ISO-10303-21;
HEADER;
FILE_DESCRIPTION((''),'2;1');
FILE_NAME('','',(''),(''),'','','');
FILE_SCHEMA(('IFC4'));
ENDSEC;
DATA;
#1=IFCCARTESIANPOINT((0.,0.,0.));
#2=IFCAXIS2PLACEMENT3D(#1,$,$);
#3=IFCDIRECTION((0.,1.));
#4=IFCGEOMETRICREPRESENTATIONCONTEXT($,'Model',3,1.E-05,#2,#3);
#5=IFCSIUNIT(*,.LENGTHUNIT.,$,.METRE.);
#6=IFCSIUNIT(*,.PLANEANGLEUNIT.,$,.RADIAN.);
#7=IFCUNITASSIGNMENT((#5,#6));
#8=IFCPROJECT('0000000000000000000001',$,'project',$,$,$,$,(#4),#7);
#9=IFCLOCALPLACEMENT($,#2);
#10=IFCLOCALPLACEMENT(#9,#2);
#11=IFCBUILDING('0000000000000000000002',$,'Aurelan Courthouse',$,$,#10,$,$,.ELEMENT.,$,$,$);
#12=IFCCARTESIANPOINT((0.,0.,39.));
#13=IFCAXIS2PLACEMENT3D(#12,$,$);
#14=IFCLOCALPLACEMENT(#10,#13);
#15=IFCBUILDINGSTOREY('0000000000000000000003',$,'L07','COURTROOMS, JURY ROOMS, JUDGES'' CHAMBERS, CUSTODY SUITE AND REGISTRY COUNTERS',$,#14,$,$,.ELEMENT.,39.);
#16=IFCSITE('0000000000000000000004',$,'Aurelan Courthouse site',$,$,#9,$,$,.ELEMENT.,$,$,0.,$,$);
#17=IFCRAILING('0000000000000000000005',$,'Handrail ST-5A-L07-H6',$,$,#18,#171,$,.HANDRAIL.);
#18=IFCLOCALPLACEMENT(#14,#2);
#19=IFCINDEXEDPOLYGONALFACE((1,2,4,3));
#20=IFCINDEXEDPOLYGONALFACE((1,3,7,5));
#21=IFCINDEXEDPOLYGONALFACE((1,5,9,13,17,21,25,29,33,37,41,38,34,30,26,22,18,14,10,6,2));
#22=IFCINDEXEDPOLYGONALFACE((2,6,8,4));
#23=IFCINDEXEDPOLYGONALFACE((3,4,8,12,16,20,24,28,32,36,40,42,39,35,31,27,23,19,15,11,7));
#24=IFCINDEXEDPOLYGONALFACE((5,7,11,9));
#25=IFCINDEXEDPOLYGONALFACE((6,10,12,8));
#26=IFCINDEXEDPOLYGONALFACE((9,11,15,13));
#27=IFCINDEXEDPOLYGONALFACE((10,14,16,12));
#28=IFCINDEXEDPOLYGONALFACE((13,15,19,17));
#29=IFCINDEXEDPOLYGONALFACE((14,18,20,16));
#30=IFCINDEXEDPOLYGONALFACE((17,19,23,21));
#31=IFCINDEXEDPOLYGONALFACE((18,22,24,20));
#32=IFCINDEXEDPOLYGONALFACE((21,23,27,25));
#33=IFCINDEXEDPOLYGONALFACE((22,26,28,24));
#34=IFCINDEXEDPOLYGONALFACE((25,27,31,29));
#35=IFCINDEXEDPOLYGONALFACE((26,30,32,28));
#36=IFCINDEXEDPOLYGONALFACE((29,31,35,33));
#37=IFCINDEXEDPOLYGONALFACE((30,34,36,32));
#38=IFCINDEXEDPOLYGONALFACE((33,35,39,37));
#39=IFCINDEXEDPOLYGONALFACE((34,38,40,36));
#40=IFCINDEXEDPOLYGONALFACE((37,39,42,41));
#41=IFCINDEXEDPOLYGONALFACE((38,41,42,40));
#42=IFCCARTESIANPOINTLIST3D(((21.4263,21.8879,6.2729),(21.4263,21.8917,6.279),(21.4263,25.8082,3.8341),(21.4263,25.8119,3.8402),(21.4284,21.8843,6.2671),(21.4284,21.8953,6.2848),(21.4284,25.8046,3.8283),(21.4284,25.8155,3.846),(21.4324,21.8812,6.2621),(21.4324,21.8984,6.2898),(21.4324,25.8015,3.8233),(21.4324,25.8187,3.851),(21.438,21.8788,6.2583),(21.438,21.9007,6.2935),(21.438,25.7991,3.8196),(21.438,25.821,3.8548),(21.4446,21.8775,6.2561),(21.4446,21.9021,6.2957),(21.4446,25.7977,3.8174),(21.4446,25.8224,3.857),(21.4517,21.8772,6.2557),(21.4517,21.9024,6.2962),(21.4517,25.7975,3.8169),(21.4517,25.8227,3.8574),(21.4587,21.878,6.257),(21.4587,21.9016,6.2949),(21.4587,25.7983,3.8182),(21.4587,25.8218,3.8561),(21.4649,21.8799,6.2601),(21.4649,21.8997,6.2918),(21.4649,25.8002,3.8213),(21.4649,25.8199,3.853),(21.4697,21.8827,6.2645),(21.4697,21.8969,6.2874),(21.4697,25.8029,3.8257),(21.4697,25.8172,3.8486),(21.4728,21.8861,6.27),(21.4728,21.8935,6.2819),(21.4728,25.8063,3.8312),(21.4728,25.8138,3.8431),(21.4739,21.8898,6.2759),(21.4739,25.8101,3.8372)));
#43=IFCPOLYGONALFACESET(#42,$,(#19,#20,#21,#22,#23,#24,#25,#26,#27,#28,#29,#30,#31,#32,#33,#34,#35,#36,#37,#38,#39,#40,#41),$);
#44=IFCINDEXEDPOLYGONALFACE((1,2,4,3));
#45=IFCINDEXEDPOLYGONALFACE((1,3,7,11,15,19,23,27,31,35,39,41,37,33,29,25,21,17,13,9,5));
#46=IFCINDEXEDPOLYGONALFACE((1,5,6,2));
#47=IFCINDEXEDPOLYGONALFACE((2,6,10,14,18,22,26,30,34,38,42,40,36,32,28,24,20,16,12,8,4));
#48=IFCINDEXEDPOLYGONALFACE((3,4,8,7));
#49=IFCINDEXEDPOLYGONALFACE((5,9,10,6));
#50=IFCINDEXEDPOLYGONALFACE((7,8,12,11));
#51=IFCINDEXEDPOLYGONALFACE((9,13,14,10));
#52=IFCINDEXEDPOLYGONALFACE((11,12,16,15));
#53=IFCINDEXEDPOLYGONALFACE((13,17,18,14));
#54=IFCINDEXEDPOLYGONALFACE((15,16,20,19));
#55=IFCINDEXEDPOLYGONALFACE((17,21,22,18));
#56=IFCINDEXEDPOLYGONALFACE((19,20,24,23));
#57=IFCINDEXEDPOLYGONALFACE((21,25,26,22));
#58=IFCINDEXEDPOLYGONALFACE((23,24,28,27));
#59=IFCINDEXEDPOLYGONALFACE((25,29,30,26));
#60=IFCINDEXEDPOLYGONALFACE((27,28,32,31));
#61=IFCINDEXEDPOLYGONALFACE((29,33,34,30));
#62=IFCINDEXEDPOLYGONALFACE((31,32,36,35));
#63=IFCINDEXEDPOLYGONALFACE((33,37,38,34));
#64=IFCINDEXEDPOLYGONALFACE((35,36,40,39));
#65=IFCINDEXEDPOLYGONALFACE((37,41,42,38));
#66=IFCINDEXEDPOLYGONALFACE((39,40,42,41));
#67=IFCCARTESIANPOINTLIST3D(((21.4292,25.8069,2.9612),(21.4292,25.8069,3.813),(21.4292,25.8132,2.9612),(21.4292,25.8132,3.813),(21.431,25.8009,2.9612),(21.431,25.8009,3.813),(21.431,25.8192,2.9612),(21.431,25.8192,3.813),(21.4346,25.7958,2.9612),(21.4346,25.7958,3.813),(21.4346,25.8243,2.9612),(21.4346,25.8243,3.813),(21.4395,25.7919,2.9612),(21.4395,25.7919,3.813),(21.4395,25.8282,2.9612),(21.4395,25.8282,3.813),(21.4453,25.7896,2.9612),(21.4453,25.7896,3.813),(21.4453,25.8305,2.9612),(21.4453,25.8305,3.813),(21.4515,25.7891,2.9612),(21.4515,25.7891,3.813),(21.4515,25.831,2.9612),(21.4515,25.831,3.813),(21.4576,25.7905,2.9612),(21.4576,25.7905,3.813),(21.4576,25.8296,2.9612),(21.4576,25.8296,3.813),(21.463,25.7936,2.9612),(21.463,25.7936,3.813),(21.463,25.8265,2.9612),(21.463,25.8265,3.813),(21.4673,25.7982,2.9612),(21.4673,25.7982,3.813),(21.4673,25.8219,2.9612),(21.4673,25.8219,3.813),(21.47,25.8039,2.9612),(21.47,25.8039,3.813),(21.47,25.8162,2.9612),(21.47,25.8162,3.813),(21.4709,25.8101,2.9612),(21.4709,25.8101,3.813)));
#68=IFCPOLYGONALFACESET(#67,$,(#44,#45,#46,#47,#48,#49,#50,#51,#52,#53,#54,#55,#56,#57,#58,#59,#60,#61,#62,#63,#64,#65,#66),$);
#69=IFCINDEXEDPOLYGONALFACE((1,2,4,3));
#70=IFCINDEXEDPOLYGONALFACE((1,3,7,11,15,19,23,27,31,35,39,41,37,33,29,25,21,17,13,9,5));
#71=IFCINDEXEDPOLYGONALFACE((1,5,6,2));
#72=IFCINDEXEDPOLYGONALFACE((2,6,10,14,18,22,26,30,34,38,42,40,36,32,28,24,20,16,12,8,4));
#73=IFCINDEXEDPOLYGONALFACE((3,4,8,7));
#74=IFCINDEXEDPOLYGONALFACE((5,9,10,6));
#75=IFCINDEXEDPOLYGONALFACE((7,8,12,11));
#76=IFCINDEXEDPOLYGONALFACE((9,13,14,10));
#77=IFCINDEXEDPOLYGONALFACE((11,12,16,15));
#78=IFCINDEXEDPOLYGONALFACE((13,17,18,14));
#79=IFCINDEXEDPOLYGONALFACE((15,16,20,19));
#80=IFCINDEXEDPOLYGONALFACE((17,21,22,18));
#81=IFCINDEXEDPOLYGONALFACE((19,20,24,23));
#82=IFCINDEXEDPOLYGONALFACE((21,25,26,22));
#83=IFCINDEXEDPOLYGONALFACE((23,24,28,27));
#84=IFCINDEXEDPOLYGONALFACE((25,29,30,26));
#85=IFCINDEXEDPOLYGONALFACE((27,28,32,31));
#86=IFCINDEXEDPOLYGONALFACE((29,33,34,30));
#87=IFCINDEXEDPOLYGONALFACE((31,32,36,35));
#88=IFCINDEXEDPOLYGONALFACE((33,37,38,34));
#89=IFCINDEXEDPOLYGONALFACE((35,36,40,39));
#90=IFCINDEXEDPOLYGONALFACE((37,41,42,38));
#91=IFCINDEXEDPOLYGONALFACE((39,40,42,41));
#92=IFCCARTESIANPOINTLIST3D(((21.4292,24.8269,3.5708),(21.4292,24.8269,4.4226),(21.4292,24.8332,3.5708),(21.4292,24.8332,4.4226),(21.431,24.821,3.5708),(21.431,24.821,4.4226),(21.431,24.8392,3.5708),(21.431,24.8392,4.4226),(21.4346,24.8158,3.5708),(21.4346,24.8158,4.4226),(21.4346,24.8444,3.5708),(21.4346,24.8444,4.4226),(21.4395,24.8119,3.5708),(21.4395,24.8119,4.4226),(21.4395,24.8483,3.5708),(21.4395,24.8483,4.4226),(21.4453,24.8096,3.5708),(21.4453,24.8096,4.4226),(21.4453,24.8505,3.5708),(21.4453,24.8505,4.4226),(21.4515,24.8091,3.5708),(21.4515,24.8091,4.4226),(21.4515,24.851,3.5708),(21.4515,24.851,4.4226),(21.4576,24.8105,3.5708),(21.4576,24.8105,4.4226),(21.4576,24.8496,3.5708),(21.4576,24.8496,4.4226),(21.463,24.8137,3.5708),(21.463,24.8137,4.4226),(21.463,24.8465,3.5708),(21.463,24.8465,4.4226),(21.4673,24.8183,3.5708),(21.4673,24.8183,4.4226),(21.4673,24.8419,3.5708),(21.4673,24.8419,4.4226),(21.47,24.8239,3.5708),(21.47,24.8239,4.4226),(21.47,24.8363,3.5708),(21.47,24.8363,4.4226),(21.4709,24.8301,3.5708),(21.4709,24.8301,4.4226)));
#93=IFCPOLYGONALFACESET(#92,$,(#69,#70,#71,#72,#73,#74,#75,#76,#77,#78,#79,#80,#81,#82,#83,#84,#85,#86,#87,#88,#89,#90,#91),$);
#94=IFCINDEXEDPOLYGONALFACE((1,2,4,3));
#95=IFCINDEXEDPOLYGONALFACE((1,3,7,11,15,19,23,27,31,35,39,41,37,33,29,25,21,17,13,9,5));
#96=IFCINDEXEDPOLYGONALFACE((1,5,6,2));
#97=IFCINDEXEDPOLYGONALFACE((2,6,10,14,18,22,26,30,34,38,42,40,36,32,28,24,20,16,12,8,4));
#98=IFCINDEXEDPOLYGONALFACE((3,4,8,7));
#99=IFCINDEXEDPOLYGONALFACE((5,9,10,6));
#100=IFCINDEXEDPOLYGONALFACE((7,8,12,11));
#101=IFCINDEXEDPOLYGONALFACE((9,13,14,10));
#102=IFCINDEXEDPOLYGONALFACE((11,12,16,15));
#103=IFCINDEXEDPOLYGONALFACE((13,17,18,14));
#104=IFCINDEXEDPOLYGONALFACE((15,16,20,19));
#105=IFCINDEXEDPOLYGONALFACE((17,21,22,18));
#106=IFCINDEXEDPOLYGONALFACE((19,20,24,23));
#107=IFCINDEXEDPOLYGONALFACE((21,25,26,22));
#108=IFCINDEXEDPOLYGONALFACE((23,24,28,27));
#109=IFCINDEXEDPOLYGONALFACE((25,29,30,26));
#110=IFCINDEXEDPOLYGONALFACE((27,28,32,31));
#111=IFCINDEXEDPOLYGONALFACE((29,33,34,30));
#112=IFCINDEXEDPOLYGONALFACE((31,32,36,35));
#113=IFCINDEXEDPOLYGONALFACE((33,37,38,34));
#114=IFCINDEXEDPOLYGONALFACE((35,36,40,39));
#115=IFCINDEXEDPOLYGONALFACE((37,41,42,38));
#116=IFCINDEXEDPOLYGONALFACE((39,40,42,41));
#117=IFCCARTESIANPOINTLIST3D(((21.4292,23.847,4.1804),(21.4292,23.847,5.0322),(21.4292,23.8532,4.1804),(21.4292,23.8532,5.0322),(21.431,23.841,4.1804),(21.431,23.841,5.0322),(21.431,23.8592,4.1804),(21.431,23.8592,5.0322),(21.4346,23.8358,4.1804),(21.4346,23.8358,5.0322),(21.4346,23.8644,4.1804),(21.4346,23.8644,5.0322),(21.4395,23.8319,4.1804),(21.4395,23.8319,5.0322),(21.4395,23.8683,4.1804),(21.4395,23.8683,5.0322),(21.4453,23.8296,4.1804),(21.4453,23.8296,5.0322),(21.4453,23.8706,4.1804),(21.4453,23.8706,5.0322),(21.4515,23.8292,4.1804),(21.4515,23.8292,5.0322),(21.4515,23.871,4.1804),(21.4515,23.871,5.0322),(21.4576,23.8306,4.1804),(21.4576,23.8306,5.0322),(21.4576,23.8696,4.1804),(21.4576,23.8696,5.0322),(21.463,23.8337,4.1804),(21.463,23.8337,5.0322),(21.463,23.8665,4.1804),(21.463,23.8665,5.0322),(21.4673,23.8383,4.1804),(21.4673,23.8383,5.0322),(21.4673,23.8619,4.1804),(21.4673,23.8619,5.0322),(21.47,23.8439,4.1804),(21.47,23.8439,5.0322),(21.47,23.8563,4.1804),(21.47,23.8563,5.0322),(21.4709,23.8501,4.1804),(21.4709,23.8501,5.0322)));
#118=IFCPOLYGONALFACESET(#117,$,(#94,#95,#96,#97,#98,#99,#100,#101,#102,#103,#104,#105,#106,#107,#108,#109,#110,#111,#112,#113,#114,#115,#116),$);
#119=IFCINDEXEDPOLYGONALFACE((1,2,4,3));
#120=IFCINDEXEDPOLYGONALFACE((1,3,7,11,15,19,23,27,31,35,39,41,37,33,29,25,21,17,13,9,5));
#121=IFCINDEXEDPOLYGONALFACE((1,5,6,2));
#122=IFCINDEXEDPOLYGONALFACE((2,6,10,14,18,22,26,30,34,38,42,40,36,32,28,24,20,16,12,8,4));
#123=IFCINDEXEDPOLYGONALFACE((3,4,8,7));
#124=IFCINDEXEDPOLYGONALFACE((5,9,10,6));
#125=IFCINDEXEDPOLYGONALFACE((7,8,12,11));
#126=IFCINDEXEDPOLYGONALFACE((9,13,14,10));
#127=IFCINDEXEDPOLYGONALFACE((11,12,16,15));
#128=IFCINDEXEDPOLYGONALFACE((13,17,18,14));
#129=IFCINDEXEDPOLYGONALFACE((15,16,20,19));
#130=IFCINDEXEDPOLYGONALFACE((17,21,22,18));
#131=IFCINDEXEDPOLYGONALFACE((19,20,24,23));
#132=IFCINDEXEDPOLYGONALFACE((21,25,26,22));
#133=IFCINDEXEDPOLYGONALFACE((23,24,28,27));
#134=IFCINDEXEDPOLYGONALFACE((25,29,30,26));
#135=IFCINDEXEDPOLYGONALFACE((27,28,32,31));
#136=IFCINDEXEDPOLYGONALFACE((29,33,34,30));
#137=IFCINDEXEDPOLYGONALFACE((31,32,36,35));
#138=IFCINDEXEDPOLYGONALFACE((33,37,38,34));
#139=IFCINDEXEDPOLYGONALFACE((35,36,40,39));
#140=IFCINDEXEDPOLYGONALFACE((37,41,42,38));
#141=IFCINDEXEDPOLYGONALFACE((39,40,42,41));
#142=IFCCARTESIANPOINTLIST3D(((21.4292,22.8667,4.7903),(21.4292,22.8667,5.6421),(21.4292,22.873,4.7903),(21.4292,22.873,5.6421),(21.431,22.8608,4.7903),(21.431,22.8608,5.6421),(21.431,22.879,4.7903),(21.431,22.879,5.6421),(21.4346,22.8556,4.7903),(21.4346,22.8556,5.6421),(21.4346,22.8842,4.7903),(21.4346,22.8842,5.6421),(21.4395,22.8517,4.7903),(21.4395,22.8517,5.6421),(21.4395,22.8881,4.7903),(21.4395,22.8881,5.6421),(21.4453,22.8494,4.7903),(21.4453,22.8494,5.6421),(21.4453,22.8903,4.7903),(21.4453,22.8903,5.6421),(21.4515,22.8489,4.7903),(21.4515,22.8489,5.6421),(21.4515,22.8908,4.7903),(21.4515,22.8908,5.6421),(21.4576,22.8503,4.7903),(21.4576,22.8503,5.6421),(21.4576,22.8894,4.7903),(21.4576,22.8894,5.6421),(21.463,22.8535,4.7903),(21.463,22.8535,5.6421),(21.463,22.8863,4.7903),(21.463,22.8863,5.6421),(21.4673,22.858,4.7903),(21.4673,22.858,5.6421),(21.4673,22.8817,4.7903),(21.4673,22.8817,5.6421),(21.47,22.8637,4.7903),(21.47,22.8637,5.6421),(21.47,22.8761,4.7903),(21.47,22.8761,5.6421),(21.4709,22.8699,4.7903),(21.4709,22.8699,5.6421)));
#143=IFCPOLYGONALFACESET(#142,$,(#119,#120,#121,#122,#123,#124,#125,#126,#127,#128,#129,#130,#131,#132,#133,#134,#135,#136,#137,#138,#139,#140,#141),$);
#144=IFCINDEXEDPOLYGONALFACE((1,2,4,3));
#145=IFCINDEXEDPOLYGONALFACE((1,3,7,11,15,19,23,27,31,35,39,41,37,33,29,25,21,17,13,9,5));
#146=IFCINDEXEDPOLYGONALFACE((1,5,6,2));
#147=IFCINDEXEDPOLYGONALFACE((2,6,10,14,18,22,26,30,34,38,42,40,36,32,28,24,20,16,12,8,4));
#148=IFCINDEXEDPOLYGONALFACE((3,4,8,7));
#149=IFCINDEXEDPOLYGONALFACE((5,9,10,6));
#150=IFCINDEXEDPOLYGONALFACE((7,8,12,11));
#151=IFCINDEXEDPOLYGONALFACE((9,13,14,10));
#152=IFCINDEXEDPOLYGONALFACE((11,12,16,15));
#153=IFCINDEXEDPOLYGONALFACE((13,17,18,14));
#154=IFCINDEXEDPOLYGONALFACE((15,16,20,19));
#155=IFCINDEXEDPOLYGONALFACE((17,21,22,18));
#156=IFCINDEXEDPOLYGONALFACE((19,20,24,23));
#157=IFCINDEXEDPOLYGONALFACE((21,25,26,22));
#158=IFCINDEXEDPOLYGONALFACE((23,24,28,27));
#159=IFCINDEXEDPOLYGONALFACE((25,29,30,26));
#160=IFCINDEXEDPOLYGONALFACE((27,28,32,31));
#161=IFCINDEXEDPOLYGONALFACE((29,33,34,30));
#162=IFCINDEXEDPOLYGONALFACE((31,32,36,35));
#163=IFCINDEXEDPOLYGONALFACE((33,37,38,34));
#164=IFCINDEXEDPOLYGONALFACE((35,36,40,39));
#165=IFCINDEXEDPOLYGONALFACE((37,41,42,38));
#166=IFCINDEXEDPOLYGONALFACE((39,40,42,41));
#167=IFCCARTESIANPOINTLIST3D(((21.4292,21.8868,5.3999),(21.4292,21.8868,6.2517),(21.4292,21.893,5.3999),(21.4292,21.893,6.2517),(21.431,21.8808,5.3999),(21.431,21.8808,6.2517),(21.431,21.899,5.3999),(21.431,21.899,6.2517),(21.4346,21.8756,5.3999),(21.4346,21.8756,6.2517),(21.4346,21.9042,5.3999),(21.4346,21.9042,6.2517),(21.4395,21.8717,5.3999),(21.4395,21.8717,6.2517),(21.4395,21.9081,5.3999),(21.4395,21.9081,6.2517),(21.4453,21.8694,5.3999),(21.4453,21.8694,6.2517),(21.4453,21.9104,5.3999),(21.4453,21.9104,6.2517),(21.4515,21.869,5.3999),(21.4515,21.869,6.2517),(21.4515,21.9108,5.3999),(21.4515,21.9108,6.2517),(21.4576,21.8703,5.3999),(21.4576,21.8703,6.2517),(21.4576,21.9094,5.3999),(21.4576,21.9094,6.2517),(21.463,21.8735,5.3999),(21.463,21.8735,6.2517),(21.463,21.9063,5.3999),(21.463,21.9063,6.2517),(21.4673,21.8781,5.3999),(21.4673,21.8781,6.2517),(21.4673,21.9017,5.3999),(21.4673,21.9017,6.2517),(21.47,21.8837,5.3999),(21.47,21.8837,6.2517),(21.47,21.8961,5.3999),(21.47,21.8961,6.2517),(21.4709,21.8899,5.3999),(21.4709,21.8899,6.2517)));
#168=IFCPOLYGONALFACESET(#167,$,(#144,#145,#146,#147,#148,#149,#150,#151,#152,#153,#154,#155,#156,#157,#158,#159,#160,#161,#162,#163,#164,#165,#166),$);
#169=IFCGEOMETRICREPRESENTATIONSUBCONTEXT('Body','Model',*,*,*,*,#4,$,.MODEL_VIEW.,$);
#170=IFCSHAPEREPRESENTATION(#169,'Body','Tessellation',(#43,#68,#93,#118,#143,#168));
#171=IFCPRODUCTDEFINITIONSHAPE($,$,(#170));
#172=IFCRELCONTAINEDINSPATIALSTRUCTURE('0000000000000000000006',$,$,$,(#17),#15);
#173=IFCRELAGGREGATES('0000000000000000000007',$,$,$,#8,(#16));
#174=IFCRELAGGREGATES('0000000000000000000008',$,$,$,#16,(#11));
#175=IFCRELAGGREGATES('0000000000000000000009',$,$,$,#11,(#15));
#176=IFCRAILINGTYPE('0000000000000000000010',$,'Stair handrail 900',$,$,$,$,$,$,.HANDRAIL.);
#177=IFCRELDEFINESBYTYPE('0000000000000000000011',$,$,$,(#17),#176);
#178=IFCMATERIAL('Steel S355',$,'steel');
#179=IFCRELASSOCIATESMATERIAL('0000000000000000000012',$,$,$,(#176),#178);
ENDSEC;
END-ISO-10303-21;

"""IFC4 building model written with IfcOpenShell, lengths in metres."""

from ifc_helpers import new_model, si_unit, direction, frame, origin, origin_2d, place, context, subcontext, project, spatial, circle, extrude, material, type_object, element, save


model = new_model("IFC4")

# Units and contexts
model_context = context("Model", 3, precision=1e-05, world=origin(), true_north=direction((0.0, 1.0)))
body_context = subcontext(model_context, "Body", "Model", "MODEL_VIEW")
ifc_project = project(units=[si_unit("LENGTHUNIT", "METRE"), si_unit("PLANEANGLEUNIT", "RADIAN")], contexts=[model_context])

# Site, building, storey
site_placement = place(None, origin())
site = spatial("IfcSite", under=ifc_project, at=site_placement, Name="Aurelan Courthouse site", CompositionType="ELEMENT", RefElevation=0.0)
building_placement = place(site_placement, origin())
building = spatial("IfcBuilding", under=site, at=building_placement, Name="Aurelan Courthouse", CompositionType="ELEMENT")
storey_placement = place(building_placement, frame((0.0, 0.0, 39.0)))
storey = spatial("IfcBuildingStorey", under=building, at=storey_placement, Name="L07", Description="COURTROOMS, JURY ROOMS, JUDGES' CHAMBERS, CUSTODY SUITE AND REGISTRY COUNTERS", CompositionType="ELEMENT", Elevation=39.0)

# Railing
ifc_material_1 = material(Name="Steel S355", Category="steel")
railing_type_1 = type_object("IfcRailingType", Name="Stair handrail 900", PredefinedType="HANDRAIL", material=ifc_material_1)
for number, where, name in (
    (1, (21.45, 25.8101, 2.9612), "Handrail ST-5A-L07-H6"),
):
    element("IfcRailing", number, at=place(storey_placement, frame(where)), inside=storey, type_object=railing_type_1, Name=name, PredefinedType="HANDRAIL", context=body_context, shape_type="SweptSolid", body=[
        extrude(circle(Radius=0.0239, at=origin_2d()), frame((0.0, 0.0, 0.876), z_axis=(0.0, -0.849105, 0.528225), x_axis=(1.0, 0.0, 0.0)), (0.0, 0.0, 1.0), 4.6169),
        extrude(circle(Radius=0.021, at=origin_2d()), origin(), (0.0, 0.0, 1.0), 0.8518),
        extrude(circle(Radius=0.021, at=origin_2d()), frame((0.0, -0.98, 0.6096)), (0.0, 0.0, 1.0), 0.8518),
        extrude(circle(Radius=0.021, at=origin_2d()), frame((0.0, -1.96, 1.2192)), (0.0, 0.0, 1.0), 0.8518),
        extrude(circle(Radius=0.021, at=origin_2d()), frame((0.0, -2.9402, 1.8291)), (0.0, 0.0, 1.0), 0.8518),
        extrude(circle(Radius=0.021, at=origin_2d()), frame((0.0, -3.9202, 2.4387)), (0.0, 0.0, 1.0), 0.8518),
    ])

save(model, "model.ifc")
